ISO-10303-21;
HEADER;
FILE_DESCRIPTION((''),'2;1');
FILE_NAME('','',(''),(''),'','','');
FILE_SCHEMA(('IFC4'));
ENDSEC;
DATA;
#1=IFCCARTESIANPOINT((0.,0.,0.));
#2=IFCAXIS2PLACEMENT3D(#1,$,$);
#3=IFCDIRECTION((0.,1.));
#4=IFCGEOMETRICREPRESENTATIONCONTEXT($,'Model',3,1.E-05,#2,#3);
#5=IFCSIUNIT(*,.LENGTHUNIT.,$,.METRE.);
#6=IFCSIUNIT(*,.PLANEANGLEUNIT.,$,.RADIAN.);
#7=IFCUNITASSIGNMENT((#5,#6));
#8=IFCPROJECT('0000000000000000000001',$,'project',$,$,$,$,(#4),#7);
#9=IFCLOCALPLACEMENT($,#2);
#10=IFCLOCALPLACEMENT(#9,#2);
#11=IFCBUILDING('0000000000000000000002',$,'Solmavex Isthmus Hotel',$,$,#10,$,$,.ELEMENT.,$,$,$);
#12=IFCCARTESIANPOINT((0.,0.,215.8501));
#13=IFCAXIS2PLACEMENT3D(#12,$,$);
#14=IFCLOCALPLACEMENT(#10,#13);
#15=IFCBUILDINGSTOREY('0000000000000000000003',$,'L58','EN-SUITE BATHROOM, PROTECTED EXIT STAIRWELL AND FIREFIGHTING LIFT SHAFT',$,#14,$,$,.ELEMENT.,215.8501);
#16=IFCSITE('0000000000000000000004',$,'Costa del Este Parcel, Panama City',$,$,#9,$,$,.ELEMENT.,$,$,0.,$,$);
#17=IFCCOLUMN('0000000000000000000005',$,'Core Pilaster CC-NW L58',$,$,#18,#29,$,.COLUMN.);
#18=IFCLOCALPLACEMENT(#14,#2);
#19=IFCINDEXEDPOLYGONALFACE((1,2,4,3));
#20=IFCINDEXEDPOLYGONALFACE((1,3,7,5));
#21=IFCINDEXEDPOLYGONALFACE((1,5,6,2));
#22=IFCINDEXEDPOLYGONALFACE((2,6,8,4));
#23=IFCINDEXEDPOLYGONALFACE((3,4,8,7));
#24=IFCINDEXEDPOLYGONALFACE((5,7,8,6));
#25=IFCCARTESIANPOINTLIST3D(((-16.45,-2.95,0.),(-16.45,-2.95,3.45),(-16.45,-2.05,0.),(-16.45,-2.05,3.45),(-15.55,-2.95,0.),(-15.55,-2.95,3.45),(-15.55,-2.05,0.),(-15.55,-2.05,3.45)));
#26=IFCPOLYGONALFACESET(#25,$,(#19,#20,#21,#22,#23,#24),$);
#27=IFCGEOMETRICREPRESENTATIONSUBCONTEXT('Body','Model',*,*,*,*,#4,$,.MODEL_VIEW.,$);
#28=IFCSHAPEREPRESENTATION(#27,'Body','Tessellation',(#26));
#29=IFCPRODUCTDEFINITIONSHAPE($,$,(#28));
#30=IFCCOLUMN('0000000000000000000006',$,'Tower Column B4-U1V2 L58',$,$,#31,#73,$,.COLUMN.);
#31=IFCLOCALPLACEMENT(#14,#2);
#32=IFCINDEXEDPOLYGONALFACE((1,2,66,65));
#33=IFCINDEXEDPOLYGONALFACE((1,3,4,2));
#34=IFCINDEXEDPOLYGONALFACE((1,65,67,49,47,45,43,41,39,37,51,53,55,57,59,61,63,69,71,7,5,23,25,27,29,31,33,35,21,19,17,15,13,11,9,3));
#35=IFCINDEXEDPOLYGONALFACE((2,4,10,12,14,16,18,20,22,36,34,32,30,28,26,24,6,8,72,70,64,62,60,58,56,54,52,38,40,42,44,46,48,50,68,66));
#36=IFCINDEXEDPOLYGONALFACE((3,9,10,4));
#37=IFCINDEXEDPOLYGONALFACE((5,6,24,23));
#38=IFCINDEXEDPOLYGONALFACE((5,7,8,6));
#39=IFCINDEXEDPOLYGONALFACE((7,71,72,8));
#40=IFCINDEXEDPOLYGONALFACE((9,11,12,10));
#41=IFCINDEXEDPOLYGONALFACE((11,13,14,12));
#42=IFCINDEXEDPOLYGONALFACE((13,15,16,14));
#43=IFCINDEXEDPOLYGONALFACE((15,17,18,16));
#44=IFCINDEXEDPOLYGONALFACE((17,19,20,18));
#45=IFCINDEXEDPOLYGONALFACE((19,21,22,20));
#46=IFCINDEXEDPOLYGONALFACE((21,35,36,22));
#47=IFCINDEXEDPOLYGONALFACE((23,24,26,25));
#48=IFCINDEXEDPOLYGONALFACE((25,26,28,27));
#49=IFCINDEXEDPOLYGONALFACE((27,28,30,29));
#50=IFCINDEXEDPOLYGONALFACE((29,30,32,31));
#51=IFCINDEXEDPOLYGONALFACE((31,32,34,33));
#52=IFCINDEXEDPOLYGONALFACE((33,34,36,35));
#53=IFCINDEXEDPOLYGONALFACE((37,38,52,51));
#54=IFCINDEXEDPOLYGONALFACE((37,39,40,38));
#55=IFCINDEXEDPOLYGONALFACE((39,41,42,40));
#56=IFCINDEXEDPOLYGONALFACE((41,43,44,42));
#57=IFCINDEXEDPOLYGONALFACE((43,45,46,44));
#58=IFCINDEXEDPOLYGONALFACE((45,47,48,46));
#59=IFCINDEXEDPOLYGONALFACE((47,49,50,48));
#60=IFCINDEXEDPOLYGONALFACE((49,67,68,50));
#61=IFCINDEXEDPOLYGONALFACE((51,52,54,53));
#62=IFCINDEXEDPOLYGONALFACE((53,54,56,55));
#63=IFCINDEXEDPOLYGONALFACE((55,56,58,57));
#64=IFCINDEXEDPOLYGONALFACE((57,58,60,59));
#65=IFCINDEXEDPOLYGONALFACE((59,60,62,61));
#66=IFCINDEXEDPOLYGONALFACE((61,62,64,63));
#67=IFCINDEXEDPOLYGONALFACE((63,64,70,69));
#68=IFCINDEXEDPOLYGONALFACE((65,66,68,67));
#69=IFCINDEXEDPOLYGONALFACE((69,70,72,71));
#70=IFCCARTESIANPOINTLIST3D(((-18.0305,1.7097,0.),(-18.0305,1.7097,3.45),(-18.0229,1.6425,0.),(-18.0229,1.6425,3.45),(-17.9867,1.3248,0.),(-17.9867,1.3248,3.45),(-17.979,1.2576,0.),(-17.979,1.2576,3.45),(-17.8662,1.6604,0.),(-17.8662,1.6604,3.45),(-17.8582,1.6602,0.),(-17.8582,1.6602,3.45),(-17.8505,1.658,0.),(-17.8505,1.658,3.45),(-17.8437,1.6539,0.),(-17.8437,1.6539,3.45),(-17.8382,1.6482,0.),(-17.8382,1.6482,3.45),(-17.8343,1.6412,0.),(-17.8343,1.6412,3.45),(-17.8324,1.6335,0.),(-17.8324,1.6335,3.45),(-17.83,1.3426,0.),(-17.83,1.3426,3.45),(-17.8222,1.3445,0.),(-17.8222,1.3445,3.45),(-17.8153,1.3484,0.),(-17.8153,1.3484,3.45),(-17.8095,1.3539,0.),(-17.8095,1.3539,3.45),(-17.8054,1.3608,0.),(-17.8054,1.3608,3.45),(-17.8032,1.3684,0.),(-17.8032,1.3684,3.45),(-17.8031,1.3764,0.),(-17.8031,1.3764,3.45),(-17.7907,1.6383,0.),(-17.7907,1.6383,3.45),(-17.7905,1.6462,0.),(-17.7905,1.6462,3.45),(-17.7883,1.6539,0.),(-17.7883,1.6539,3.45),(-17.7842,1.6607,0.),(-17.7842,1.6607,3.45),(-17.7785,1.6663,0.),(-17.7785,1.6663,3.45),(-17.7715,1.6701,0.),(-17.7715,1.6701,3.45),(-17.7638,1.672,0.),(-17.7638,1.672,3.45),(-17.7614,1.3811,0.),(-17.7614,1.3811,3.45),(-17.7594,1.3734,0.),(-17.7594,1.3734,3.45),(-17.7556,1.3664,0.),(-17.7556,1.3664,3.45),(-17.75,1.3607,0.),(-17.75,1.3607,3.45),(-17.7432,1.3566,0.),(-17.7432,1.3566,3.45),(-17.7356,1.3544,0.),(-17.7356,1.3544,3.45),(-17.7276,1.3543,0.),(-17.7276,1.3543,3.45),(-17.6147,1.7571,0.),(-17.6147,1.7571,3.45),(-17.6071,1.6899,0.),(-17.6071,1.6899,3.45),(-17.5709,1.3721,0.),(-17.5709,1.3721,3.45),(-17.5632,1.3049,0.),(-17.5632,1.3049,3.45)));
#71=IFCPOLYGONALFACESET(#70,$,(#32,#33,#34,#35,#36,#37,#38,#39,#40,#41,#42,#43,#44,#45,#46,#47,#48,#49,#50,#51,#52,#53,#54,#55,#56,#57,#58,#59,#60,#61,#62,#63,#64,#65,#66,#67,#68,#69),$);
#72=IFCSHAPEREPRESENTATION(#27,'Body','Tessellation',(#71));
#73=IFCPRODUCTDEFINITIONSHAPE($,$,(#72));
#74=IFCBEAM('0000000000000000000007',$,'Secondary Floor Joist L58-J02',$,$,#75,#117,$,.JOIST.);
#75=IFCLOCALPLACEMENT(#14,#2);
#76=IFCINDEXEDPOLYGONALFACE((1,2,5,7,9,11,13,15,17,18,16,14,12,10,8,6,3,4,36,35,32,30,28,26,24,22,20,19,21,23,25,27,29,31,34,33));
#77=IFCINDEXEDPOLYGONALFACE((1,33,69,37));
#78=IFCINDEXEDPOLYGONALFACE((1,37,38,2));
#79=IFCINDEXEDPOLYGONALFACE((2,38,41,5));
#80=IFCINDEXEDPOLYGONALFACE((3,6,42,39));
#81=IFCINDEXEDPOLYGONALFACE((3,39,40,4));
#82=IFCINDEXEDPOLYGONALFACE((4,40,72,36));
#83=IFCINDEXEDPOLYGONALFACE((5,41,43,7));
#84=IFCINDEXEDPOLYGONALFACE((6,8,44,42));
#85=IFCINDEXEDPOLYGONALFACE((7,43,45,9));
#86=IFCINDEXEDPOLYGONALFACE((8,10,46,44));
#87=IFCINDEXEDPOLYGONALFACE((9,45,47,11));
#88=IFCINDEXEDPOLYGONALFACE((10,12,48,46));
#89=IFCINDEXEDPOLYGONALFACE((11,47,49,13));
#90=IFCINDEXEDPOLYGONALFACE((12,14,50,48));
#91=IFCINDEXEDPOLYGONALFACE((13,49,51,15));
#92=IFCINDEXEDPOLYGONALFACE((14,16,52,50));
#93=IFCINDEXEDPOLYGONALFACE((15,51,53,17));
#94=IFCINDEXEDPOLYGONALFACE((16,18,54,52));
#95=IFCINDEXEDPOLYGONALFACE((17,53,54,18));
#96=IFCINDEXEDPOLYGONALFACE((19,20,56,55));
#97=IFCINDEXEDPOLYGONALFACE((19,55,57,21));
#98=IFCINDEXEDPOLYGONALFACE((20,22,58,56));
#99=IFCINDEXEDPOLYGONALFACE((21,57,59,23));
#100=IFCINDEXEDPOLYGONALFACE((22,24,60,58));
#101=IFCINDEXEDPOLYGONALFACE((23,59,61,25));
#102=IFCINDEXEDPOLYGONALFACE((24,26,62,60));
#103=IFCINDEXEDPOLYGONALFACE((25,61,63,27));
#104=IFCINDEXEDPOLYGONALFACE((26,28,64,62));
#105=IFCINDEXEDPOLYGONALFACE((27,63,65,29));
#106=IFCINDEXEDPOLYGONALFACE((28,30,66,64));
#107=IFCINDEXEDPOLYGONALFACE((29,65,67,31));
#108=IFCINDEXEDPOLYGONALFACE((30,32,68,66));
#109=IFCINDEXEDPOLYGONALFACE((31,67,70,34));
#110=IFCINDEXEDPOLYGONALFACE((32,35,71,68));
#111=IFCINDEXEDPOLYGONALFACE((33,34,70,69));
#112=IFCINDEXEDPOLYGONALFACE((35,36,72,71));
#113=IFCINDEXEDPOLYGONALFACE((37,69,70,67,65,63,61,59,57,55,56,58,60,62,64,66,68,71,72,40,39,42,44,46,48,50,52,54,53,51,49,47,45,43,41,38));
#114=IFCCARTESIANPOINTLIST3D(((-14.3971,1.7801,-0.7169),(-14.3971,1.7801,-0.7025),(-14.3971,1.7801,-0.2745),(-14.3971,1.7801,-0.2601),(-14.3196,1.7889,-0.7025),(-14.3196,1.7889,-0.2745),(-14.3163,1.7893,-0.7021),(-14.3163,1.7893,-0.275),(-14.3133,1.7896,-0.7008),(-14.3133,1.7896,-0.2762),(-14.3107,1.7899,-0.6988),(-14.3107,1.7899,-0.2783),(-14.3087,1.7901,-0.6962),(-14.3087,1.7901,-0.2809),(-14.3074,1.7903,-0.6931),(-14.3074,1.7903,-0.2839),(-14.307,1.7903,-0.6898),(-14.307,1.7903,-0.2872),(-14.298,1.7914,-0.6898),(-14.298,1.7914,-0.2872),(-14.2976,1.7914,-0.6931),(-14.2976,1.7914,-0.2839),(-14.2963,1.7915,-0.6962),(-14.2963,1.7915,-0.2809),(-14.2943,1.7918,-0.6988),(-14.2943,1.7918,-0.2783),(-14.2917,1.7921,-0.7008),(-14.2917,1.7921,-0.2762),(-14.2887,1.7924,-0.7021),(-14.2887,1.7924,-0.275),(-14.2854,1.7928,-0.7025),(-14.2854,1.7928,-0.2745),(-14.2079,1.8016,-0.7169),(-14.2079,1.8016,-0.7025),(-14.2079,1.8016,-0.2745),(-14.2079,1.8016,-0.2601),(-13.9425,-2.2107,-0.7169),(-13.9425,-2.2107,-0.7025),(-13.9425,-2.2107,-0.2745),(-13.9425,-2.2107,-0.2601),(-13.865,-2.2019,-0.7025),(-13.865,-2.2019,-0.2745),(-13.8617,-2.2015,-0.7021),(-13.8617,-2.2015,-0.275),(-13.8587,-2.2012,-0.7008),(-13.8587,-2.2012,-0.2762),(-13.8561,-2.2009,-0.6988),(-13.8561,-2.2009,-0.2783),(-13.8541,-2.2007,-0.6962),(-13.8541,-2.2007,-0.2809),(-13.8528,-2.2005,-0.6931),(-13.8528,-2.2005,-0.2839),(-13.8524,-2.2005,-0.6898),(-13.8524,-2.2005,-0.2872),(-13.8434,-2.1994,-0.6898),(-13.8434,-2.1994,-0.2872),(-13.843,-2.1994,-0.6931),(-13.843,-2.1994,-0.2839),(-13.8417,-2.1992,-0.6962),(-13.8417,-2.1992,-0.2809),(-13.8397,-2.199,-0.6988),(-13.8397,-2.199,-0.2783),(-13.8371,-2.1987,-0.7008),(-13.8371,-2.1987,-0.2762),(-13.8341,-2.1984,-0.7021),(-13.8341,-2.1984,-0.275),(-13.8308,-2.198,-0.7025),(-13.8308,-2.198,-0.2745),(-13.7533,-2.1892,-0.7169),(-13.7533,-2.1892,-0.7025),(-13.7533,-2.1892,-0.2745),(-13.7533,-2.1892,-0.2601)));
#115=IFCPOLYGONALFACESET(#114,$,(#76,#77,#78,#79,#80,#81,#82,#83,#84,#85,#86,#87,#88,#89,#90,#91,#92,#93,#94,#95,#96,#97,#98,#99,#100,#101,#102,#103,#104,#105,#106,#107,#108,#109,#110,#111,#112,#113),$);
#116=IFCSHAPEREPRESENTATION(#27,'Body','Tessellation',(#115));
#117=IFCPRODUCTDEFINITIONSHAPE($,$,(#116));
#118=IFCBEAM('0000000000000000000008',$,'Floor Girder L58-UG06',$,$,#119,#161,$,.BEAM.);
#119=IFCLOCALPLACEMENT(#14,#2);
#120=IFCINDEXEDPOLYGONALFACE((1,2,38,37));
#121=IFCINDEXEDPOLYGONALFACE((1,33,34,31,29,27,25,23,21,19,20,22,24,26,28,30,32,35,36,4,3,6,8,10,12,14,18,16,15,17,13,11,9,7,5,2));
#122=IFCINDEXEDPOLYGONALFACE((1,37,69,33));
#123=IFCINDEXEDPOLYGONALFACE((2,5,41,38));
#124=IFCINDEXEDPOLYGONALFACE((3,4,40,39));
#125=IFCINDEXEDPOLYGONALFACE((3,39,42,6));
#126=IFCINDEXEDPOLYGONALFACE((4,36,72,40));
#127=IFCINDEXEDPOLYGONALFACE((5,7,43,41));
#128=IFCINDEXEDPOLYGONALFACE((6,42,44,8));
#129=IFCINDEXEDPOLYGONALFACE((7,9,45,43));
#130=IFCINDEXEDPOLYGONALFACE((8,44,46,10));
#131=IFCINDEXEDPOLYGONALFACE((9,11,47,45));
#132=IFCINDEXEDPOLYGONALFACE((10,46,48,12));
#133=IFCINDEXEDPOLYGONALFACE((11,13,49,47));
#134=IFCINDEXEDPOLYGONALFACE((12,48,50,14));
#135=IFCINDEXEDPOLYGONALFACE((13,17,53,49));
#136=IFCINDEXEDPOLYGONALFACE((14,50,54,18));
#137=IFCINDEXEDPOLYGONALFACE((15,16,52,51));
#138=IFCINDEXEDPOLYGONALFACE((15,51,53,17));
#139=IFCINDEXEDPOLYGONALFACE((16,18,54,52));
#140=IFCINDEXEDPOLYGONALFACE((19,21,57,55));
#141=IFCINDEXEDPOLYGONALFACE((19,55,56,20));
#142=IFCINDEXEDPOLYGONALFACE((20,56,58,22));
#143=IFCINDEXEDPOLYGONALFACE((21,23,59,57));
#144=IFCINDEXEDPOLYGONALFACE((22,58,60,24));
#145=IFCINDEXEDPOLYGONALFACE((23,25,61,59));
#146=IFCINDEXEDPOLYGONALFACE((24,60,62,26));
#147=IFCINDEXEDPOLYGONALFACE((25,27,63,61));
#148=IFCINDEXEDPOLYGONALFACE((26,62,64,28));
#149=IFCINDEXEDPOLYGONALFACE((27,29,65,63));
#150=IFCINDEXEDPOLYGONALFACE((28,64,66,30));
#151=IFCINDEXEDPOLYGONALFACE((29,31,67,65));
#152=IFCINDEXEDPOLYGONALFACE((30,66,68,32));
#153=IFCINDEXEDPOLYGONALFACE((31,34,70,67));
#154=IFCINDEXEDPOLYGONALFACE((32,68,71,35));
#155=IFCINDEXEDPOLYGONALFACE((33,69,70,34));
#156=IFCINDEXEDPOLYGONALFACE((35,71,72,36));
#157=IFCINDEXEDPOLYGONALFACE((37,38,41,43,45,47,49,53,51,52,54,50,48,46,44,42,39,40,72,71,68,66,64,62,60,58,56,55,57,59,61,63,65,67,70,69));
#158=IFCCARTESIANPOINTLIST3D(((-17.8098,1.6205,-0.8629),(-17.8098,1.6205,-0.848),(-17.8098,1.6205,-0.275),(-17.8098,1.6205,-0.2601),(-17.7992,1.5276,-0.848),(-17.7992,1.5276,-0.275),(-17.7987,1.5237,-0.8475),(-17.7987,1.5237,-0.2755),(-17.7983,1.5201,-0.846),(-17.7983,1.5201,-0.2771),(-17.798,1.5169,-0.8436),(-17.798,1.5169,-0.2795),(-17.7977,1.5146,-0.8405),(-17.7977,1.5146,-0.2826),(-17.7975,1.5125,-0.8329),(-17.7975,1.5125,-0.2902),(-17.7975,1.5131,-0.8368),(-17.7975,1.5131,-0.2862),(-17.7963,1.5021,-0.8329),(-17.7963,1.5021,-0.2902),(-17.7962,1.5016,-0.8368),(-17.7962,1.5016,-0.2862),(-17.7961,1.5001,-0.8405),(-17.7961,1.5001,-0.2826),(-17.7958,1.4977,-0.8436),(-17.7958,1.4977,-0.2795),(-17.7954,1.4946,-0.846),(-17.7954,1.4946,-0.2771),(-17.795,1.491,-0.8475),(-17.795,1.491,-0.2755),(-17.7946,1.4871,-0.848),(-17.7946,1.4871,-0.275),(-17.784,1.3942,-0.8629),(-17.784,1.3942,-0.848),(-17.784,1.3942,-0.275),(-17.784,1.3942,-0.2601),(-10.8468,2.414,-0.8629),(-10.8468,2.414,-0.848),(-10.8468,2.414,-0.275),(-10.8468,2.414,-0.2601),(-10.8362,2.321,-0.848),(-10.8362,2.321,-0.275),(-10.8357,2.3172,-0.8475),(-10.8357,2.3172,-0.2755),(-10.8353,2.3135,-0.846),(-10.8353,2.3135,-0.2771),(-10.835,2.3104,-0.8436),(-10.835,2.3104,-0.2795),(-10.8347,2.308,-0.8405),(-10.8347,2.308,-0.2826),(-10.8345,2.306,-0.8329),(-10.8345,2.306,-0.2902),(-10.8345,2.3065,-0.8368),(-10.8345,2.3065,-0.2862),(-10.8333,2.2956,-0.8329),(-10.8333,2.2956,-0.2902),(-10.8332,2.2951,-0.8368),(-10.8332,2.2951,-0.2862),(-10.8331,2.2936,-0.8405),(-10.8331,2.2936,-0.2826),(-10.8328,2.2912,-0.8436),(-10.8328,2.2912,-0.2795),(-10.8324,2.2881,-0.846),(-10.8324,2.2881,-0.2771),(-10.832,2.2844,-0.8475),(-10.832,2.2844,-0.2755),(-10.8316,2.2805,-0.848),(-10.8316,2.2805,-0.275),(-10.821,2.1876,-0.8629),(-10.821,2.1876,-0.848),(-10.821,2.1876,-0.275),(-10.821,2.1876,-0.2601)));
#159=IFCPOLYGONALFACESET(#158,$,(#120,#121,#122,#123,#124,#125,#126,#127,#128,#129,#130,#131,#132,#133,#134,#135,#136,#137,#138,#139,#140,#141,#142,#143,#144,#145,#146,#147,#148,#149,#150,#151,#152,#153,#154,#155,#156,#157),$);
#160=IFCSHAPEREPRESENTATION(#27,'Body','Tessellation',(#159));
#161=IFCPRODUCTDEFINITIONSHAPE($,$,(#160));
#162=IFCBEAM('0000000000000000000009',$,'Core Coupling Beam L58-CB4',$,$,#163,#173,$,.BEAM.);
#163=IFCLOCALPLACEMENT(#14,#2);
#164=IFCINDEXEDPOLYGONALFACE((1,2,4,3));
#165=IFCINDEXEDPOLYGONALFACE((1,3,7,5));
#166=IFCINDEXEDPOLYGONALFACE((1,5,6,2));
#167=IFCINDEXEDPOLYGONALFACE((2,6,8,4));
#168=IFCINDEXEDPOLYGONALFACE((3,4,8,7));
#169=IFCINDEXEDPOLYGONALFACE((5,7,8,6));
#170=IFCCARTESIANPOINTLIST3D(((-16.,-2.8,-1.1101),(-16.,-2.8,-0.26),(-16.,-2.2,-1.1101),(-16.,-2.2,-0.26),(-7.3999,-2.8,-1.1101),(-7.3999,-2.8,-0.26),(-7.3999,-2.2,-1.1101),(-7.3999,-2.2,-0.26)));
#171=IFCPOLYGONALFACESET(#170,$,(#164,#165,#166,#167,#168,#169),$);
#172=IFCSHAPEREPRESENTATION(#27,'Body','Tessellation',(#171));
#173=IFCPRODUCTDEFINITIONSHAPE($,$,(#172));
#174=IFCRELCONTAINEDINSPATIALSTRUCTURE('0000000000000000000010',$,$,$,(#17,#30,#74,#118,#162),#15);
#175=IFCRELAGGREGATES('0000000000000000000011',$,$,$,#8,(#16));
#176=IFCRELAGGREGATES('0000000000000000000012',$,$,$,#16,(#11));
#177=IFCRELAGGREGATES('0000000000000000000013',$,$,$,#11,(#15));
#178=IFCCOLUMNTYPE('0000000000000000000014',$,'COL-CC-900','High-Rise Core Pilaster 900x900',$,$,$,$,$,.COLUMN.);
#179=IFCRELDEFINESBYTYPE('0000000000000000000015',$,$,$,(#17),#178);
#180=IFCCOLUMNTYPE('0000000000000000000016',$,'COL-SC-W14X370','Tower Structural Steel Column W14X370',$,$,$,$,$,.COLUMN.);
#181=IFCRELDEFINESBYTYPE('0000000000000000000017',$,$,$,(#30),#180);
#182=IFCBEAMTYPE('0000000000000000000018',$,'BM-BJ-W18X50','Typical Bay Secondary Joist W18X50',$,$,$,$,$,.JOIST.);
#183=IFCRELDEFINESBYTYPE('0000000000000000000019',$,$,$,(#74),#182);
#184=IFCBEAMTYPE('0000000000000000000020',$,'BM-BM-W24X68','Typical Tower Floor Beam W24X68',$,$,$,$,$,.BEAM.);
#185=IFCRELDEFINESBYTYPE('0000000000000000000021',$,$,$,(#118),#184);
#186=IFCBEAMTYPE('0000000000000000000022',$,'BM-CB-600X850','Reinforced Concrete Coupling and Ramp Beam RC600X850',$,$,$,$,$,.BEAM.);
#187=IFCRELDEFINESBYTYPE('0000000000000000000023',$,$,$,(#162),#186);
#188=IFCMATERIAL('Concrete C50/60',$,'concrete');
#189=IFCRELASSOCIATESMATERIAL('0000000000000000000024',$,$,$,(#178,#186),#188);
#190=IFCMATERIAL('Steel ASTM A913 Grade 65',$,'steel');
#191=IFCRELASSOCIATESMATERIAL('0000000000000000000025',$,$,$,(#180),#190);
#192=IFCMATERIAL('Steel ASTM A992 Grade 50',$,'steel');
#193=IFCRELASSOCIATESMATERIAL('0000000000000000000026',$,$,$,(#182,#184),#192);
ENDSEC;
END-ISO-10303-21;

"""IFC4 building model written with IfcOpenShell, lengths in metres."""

from ifc_helpers import new_model, si_unit, direction, frame, origin, origin_2d, place, context, subcontext, project, spatial, rectangle, i_section, extrude, material, material_profile, profile_set, type_object, element, save


model = new_model("IFC4")

# Units and contexts
model_context = context("Model", 3, precision=1e-05, world=origin(), true_north=direction((0.0, 1.0)))
body_context = subcontext(model_context, "Body", "Model", "MODEL_VIEW")
ifc_project = project(units=[si_unit("LENGTHUNIT", "METRE"), si_unit("PLANEANGLEUNIT", "RADIAN")], contexts=[model_context])

# Site, building, storey
site_placement = place(None, origin())
site = spatial("IfcSite", under=ifc_project, at=site_placement, Name="Costa del Este Parcel, Panama City", CompositionType="ELEMENT", RefElevation=0.0)
building_placement = place(site_placement, origin())
building = spatial("IfcBuilding", under=site, at=building_placement, Name="Solmavex Isthmus Hotel", CompositionType="ELEMENT")
storey_placement = place(building_placement, frame((0.0, 0.0, 215.8501)))
storey = spatial("IfcBuildingStorey", under=building, at=storey_placement, Name="L58", Description="EN-SUITE BATHROOM, PROTECTED EXIT STAIRWELL AND FIREFIGHTING LIFT SHAFT", CompositionType="ELEMENT", Elevation=215.8501)

# Columns
ifc_material_1 = material(Name="Concrete C50/60", Category="concrete")
ifc_material_profile_1 = material_profile(ifc_material_1, rectangle(XDim=0.8999, YDim=0.8999, at=origin_2d()), Name="RC900X900")
ifc_profile_set_1 = profile_set([ifc_material_profile_1], Name="Concrete C50/60")
column_type_1 = type_object("IfcColumnType", Name="COL-CC-900", Description="High-Rise Core Pilaster 900x900", PredefinedType="COLUMN", material=ifc_profile_set_1)
column_1_placement = place(storey_placement, frame((-16.0, -2.5, 0.0), z_axis=(0.0, 0.0, 1.0), x_axis=(1.0, 0.0, 0.0)))
element("IfcColumn", 1, at=column_1_placement, inside=storey, type_object=column_type_1, Name="Core Pilaster CC-NW L58", PredefinedType="COLUMN", context=body_context, shape_type="SweptSolid", body=[
    extrude(rectangle(XDim=0.8999, YDim=0.8999, at=origin_2d()), origin(), (0.0, 0.0, 1.0), 3.45),
])
ifc_material_2 = material(Name="Steel ASTM A913 Grade 65", Category="steel")
ifc_material_profile_2 = material_profile(ifc_material_2, i_section(OverallWidth=0.4185, OverallDepth=0.4551, WebThickness=0.042, FlangeThickness=0.0676, FilletRadius=0.0305, at=origin_2d()), Name="W14X370")
ifc_profile_set_2 = profile_set([ifc_material_profile_2], Name="Steel ASTM A913 Grade 65")
column_type_2 = type_object("IfcColumnType", Name="COL-SC-W14X370", Description="Tower Structural Steel Column W14X370", PredefinedType="COLUMN", material=ifc_profile_set_2)
column_2_placement = place(storey_placement, frame((-17.7969, 1.5073, 0.0), z_axis=(0.0, 0.0, 1.0), x_axis=(0.993572, 0.113203, 0.0)))
element("IfcColumn", 2, at=column_2_placement, inside=storey, type_object=column_type_2, Name="Tower Column B4-U1V2 L58", PredefinedType="COLUMN", context=body_context, shape_type="SweptSolid", body=[
    extrude(i_section(OverallWidth=0.4185, OverallDepth=0.4551, WebThickness=0.042, FlangeThickness=0.0676, FilletRadius=0.0305, at=origin_2d()), origin(), (0.0, 0.0, 1.0), 3.45),
])

# Beams
ifc_material_3 = material(Name="Steel ASTM A992 Grade 50", Category="steel")
ifc_material_profile_3 = material_profile(ifc_material_3, i_section(OverallWidth=0.1904, OverallDepth=0.4568, WebThickness=0.009, FlangeThickness=0.0144, FilletRadius=0.0127, at=origin_2d()), Name="W18X50")
ifc_profile_set_3 = profile_set([ifc_material_profile_3], Name="Steel ASTM A992 Grade 50")
beam_type_1 = type_object("IfcBeamType", Name="BM-BJ-W18X50", Description="Typical Bay Secondary Joist W18X50", PredefinedType="JOIST", material=ifc_profile_set_3)
beam_1_placement = place(storey_placement, frame((-13.8479, -2.2, -0.4885), z_axis=(-0.11318, 0.993575, 0.0), x_axis=(-0.993575, -0.11318, 0.0)))
element("IfcBeam", 3, at=beam_1_placement, inside=storey, type_object=beam_type_1, Name="Secondary Floor Joist L58-J02", PredefinedType="JOIST", context=body_context, shape_type="SweptSolid", body=[
    extrude(i_section(OverallWidth=0.1904, OverallDepth=0.4568, WebThickness=0.009, FlangeThickness=0.0144, FilletRadius=0.0127, at=origin_2d()), origin(), (0.0, 0.0, 1.0), 4.0166),
])
ifc_material_profile_4 = material_profile(ifc_material_3, i_section(OverallWidth=0.2278, OverallDepth=0.6028, WebThickness=0.0105, FlangeThickness=0.0149, FilletRadius=0.0151, at=origin_2d()), Name="W24X68")
ifc_profile_set_4 = profile_set([ifc_material_profile_4], Name="Steel ASTM A992 Grade 50")
beam_type_2 = type_object("IfcBeamType", Name="BM-BM-W24X68", Description="Typical Tower Floor Beam W24X68", PredefinedType="BEAM", material=ifc_profile_set_4)
beam_2_placement = place(storey_placement, frame((-17.7969, 1.5073, -0.5615), z_axis=(0.99357, 0.113222, 0.0), x_axis=(-0.113222, 0.99357, 0.0)))
element("IfcBeam", 4, at=beam_2_placement, inside=storey, type_object=beam_type_2, Name="Floor Girder L58-UG06", PredefinedType="BEAM", context=body_context, shape_type="SweptSolid", body=[
    extrude(i_section(OverallWidth=0.2278, OverallDepth=0.6028, WebThickness=0.0105, FlangeThickness=0.0149, FilletRadius=0.0151, at=origin_2d()), origin(), (0.0, 0.0, 1.0), 7.0081),
])
ifc_material_profile_5 = material_profile(ifc_material_1, rectangle(XDim=0.6001, YDim=0.8501, at=origin_2d()), Name="RC600X850")
ifc_profile_set_5 = profile_set([ifc_material_profile_5], Name="Concrete C50/60")
beam_type_3 = type_object("IfcBeamType", Name="BM-CB-600X850", Description="Reinforced Concrete Coupling and Ramp Beam RC600X850", PredefinedType="BEAM", material=ifc_profile_set_5)
beam_3_placement = place(storey_placement, frame((-16.0, -2.5, -0.6851), z_axis=(1.0, 0.0, 0.0), x_axis=(0.0, 1.0, 0.0)))
element("IfcBeam", 5, at=beam_3_placement, inside=storey, type_object=beam_type_3, Name="Core Coupling Beam L58-CB4", PredefinedType="BEAM", context=body_context, shape_type="SweptSolid", body=[
    extrude(rectangle(XDim=0.6001, YDim=0.8501, at=origin_2d()), origin(), (0.0, 0.0, 1.0), 8.6001),
])

save(model, "model.ifc")
